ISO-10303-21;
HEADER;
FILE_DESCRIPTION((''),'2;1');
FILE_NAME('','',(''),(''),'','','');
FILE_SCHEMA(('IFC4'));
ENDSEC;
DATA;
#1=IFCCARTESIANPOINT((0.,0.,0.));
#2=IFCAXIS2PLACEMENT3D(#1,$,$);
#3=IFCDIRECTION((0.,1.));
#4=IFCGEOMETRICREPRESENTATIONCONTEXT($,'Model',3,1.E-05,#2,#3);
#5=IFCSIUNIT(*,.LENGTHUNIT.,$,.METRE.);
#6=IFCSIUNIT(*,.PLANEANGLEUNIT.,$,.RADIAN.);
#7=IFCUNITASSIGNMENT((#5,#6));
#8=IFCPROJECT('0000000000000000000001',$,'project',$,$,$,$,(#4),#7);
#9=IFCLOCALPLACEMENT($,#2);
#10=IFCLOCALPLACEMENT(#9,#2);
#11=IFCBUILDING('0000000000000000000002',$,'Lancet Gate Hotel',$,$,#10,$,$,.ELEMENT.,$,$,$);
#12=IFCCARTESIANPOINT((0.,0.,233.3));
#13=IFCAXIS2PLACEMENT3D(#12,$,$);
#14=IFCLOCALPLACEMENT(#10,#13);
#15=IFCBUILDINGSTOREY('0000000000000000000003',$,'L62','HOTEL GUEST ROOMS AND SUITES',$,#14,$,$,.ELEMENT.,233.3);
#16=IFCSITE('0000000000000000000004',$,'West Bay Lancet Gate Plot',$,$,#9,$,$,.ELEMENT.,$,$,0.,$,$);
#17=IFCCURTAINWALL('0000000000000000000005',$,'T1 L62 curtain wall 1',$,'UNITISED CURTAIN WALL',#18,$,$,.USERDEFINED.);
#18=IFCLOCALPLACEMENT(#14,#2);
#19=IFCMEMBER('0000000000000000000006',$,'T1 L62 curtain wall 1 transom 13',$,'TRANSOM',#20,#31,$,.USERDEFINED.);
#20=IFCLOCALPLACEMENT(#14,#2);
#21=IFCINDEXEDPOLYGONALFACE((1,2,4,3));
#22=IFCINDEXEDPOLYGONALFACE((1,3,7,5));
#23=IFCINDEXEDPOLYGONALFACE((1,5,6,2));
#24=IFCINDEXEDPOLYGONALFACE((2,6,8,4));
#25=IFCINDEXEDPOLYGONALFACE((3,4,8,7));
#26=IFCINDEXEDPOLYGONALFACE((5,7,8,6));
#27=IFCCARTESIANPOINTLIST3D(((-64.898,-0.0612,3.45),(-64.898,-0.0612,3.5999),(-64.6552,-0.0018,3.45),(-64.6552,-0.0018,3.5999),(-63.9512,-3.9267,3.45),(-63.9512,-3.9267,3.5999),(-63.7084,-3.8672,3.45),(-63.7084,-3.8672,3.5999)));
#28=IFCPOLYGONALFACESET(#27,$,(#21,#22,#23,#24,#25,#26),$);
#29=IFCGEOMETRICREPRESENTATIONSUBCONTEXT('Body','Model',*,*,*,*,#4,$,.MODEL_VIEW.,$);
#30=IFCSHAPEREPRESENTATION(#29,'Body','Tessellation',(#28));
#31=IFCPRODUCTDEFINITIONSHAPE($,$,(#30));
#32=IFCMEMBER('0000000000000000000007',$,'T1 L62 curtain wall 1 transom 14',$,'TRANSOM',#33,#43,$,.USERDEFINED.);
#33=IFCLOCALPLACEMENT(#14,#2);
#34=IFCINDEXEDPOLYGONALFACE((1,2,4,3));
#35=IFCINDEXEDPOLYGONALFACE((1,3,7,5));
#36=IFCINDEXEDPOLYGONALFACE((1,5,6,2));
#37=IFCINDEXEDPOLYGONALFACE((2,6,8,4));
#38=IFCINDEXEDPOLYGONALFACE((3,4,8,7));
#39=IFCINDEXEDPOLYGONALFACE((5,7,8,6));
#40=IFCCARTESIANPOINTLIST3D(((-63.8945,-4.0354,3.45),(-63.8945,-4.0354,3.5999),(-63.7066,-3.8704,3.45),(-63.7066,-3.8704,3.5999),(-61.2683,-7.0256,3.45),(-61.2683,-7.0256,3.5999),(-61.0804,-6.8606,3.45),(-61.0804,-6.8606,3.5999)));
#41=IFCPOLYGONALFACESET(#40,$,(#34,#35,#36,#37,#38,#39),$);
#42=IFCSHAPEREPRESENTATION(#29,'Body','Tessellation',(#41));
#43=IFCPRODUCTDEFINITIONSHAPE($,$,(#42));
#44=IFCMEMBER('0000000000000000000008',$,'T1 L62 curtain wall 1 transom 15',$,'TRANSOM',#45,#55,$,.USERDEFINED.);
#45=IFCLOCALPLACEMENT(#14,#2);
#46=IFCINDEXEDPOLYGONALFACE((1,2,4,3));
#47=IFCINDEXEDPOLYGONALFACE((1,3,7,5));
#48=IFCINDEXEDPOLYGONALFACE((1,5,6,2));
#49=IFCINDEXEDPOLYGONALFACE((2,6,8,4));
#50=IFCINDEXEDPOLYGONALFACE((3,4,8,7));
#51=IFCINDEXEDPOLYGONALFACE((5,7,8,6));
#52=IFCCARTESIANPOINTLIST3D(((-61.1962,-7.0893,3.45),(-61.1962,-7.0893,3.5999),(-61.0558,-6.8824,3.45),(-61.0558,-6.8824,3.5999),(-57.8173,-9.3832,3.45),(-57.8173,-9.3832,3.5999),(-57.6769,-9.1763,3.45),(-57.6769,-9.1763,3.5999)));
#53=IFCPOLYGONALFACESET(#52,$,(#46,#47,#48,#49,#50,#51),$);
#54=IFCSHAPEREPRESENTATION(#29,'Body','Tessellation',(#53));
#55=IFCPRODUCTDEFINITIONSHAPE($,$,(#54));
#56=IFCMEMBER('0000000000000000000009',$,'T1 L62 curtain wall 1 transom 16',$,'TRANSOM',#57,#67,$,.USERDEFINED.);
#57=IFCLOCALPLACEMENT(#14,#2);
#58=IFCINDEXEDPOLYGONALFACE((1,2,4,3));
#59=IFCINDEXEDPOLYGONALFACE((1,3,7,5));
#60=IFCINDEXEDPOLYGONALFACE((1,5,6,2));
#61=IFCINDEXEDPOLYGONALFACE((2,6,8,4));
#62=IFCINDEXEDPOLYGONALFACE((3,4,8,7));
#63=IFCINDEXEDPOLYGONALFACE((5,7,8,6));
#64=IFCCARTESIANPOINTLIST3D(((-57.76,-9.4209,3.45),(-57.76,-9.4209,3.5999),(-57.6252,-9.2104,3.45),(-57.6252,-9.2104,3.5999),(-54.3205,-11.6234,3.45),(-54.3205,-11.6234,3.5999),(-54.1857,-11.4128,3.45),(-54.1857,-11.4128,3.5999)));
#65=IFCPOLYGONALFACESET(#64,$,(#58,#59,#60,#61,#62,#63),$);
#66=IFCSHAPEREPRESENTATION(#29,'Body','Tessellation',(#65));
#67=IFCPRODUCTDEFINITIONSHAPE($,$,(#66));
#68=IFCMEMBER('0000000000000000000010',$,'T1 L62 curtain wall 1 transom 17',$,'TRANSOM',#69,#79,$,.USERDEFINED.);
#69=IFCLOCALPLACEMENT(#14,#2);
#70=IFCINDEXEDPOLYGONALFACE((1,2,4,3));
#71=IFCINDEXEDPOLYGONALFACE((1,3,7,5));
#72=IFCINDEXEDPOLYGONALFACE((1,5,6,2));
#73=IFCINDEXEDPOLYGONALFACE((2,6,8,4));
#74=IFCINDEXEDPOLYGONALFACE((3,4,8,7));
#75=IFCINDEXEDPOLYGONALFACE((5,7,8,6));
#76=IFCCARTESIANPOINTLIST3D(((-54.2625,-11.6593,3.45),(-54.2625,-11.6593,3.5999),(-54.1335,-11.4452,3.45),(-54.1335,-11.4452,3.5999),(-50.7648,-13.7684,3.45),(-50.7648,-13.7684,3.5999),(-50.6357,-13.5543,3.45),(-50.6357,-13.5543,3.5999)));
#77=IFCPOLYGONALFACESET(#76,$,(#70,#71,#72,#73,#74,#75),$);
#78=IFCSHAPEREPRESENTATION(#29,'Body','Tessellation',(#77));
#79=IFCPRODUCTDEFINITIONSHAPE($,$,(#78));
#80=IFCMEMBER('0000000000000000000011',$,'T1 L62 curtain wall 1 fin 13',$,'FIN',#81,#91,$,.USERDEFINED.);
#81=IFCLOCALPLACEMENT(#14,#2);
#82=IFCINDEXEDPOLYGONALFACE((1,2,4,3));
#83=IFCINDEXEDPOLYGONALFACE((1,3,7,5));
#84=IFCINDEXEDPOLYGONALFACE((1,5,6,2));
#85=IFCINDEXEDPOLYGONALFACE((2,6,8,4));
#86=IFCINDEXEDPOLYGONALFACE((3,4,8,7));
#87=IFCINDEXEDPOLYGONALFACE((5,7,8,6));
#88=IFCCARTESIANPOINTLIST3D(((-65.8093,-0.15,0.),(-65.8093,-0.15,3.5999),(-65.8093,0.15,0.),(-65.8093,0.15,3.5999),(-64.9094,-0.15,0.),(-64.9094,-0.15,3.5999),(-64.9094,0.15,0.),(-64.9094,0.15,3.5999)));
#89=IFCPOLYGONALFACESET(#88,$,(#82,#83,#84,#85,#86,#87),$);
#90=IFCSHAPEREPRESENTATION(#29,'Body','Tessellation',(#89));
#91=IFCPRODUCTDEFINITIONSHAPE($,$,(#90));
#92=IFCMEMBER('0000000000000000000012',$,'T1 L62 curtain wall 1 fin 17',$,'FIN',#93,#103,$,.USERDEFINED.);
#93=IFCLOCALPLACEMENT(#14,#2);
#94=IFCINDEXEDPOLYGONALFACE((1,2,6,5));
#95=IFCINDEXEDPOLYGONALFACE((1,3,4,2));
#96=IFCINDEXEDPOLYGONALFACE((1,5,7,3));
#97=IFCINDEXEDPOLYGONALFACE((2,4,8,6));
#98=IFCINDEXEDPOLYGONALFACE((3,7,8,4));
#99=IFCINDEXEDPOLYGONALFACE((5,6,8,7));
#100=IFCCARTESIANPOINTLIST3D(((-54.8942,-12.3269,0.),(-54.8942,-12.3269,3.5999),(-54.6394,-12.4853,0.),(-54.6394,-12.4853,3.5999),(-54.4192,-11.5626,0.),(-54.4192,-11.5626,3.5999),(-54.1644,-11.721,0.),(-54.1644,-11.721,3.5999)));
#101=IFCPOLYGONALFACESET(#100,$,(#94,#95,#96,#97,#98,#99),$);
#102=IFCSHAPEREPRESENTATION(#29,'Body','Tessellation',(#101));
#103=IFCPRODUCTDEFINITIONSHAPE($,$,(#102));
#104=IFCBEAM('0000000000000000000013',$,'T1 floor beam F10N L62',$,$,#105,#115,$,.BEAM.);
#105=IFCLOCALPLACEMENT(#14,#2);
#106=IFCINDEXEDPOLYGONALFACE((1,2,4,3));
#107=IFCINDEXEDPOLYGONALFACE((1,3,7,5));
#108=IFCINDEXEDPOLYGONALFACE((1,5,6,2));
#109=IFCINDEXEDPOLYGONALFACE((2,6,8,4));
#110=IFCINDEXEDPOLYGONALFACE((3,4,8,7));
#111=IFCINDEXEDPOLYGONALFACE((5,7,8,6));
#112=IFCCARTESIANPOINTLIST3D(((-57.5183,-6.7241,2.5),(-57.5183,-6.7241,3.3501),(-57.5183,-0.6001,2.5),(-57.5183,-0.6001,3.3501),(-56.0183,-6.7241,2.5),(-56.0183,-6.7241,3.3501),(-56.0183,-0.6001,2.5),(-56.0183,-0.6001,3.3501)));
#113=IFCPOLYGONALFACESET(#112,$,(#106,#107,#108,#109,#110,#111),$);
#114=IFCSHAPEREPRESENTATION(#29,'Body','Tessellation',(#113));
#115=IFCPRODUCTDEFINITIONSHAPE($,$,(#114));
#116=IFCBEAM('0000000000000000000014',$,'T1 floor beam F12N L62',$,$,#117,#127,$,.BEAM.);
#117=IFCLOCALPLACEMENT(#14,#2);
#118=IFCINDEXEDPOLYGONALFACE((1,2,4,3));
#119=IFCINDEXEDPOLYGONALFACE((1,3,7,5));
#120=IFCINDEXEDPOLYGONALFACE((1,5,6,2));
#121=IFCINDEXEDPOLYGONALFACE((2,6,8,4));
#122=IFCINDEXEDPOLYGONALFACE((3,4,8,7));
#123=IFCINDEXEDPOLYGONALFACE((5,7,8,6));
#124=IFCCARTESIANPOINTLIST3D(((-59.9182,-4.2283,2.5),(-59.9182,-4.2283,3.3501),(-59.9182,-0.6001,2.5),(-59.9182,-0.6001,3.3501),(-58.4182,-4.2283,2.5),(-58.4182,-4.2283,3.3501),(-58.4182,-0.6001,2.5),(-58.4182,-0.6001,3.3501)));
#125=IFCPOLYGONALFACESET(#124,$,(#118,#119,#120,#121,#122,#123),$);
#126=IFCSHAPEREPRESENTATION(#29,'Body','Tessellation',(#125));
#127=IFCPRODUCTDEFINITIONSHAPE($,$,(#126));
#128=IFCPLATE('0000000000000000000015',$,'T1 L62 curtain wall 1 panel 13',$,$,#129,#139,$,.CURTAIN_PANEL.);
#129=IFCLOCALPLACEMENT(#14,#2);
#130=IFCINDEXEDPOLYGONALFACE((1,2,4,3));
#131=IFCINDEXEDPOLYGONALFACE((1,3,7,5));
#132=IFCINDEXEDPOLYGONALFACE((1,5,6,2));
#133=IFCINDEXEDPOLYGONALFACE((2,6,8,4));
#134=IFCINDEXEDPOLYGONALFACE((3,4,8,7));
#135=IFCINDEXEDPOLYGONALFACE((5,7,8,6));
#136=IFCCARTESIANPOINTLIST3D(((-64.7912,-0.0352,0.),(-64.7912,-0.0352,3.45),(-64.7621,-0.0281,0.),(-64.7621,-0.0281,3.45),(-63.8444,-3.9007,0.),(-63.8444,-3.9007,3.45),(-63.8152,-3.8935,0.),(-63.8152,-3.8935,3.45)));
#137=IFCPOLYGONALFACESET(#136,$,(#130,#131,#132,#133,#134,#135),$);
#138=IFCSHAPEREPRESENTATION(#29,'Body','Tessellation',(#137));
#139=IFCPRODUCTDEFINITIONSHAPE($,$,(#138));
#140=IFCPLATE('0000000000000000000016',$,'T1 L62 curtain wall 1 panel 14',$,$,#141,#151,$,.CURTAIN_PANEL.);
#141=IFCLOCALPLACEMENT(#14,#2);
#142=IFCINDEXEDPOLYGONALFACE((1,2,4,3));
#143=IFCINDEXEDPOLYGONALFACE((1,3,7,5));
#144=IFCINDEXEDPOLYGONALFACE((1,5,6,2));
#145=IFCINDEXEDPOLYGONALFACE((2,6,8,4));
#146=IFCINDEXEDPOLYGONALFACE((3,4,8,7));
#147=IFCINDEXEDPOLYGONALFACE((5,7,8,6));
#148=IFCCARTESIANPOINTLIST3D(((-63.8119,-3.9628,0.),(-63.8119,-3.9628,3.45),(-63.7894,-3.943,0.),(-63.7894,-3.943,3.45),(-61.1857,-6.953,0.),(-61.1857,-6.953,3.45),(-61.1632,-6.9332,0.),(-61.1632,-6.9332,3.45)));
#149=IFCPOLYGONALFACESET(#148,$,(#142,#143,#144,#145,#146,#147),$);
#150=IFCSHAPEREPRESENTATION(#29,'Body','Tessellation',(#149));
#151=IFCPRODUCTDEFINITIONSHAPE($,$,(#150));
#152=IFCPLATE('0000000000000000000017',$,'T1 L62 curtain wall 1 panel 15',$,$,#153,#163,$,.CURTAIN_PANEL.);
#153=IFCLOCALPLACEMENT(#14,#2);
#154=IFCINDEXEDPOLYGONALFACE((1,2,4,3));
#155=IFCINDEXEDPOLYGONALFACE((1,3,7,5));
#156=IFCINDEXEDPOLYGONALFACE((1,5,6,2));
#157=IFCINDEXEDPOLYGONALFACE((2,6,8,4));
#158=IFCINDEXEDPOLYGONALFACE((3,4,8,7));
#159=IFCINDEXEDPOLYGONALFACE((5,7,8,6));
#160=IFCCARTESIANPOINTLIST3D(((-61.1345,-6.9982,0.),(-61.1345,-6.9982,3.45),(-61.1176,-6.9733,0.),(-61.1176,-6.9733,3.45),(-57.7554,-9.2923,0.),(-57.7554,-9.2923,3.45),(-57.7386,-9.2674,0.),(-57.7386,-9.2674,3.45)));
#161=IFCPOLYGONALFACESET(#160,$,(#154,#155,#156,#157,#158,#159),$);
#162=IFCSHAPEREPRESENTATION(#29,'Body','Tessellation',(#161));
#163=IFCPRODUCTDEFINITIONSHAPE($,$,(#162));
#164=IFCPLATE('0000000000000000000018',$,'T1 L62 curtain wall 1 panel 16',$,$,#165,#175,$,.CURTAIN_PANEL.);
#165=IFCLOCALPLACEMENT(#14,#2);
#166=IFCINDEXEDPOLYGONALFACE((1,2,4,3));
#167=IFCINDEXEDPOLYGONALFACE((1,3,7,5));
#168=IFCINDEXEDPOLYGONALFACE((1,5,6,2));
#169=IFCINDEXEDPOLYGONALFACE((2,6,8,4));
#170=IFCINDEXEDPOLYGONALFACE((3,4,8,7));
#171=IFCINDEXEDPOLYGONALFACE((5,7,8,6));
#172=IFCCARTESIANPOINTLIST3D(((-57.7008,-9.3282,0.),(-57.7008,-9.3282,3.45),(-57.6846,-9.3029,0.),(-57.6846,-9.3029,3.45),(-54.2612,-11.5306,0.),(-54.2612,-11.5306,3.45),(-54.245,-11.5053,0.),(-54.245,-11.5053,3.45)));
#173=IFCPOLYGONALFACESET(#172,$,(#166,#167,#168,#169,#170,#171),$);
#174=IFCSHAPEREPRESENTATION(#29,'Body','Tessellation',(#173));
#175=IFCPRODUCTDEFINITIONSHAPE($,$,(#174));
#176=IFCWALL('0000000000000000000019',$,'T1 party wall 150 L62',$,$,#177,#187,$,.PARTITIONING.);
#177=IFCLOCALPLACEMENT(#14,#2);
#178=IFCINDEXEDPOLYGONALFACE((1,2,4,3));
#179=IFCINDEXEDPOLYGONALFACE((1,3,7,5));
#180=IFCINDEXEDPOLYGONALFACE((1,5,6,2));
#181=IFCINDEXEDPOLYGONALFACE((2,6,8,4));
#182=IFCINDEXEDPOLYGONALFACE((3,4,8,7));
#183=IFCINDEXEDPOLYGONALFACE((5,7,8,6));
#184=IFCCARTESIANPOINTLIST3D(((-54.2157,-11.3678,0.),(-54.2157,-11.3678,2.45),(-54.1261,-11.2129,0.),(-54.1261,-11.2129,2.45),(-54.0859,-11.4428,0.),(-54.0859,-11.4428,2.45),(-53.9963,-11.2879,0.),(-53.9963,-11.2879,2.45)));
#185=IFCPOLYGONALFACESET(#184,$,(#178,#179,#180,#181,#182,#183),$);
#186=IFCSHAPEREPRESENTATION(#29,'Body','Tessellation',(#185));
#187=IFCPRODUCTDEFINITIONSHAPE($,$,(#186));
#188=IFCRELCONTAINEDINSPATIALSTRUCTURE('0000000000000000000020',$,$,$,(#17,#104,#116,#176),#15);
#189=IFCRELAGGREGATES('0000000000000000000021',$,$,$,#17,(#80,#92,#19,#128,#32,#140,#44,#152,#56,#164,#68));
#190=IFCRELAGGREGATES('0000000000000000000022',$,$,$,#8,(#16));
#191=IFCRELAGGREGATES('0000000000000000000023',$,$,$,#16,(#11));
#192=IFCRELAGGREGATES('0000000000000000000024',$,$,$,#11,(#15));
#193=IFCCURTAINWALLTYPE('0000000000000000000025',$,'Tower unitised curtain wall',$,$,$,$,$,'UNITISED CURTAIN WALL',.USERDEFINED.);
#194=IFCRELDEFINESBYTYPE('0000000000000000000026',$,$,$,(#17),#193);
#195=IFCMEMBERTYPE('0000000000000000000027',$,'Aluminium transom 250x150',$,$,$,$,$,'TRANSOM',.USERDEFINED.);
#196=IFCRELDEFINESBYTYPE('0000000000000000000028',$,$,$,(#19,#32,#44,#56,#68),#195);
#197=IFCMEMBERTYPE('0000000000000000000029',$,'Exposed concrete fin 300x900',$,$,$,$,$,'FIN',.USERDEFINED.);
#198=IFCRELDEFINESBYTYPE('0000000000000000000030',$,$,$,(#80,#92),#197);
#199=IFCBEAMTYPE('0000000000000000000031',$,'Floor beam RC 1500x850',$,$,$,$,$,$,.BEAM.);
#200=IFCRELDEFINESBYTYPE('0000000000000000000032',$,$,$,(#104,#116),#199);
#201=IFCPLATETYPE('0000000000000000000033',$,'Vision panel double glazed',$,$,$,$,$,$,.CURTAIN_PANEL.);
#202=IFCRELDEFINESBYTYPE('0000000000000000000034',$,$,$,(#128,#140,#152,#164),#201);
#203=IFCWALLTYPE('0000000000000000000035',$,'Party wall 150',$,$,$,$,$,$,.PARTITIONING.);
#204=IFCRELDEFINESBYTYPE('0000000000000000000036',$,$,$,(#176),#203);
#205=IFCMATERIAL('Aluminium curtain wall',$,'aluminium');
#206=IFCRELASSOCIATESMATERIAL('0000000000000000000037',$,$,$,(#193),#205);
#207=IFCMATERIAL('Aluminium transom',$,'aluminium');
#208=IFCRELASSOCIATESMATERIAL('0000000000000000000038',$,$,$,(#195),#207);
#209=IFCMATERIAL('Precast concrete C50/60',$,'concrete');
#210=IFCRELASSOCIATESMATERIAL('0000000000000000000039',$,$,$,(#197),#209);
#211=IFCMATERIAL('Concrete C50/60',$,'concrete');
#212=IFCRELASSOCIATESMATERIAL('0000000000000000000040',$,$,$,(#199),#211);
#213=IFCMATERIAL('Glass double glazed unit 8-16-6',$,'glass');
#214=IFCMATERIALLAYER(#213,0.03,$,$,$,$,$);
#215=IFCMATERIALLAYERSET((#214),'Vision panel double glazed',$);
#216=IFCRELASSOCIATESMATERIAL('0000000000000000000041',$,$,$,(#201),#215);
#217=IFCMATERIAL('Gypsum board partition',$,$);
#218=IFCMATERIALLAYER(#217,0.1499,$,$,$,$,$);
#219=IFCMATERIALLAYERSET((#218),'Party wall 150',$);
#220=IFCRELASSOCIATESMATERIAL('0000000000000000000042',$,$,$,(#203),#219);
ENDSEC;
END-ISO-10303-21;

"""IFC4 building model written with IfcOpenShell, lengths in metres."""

from ifc_helpers import new_model, si_unit, direction, frame, frame_2d, origin, origin_2d, place, context, subcontext, project, spatial, rectangle, extrude, material, layer, layer_set, material_profile, profile_set, type_object, element, aggregate, save


model = new_model("IFC4")

# Units and contexts
model_context = context("Model", 3, precision=1e-05, world=origin(), true_north=direction((0.0, 1.0)))
body_context = subcontext(model_context, "Body", "Model", "MODEL_VIEW")
ifc_project = project(units=[si_unit("LENGTHUNIT", "METRE"), si_unit("PLANEANGLEUNIT", "RADIAN")], contexts=[model_context])

# Site, building, storey
site_placement = place(None, origin())
site = spatial("IfcSite", under=ifc_project, at=site_placement, Name="West Bay Lancet Gate Plot", CompositionType="ELEMENT", RefElevation=0.0)
building_placement = place(site_placement, origin())
building = spatial("IfcBuilding", under=site, at=building_placement, Name="Lancet Gate Hotel", CompositionType="ELEMENT")
storey_placement = place(building_placement, frame((0.0, 0.0, 233.3)))
storey = spatial("IfcBuildingStorey", under=building, at=storey_placement, Name="L62", Description="HOTEL GUEST ROOMS AND SUITES", CompositionType="ELEMENT", Elevation=233.3)

# Curtain wall, members
ifc_material_1 = material(Name="Aluminium curtain wall", Category="aluminium")
curtain_wall_type = type_object("IfcCurtainWallType", Name="Tower unitised curtain wall", ElementType="UNITISED CURTAIN WALL", PredefinedType="USERDEFINED", material=ifc_material_1)
curtain_wall_placement = place(storey_placement, origin())
curtain_wall = element("IfcCurtainWall", 1, at=curtain_wall_placement, inside=storey, type_object=curtain_wall_type, Name="T1 L62 curtain wall 1", ObjectType="UNITISED CURTAIN WALL", PredefinedType="USERDEFINED")
ifc_material_2 = material(Name="Aluminium transom", Category="aluminium")
ifc_material_profile_1 = material_profile(ifc_material_2, rectangle(XDim=0.25, YDim=0.1499, at=origin_2d()), Name="TRANSOM 250x150")
ifc_profile_set_1 = profile_set([ifc_material_profile_1], Name="Aluminium transom")
member_type_1 = type_object("IfcMemberType", Name="Aluminium transom 250x150", ElementType="TRANSOM", PredefinedType="USERDEFINED", material=ifc_profile_set_1)
member_1_placement = place(storey_placement, frame((-64.7766, -0.0315, 3.5249), z_axis=(0.237899, -0.97129, 0.0), x_axis=(0.97129, 0.237899, 0.0)))
member_1 = element("IfcMember", 2, at=member_1_placement, type_object=member_type_1, Name="T1 L62 curtain wall 1 transom 13", ObjectType="TRANSOM", PredefinedType="USERDEFINED", context=body_context, shape_type="SweptSolid", body=[
    extrude(rectangle(XDim=0.25, YDim=0.1499, at=origin_2d()), origin(), (0.0, 0.0, 1.0), 3.9797),
])
member_2_placement = place(storey_placement, frame((-63.8005, -3.9529, 3.5249), z_axis=(0.659893, -0.751359, 0.0), x_axis=(0.751359, 0.659893, 0.0)))
member_2 = element("IfcMember", 3, at=member_2_placement, type_object=member_type_1, Name="T1 L62 curtain wall 1 transom 14", ObjectType="TRANSOM", PredefinedType="USERDEFINED", context=body_context, shape_type="SweptSolid", body=[
    extrude(rectangle(XDim=0.25, YDim=0.1499, at=origin_2d()), origin(), (0.0, 0.0, 1.0), 3.9797),
])
member_3_placement = place(storey_placement, frame((-61.126, -6.9858, 3.5249), z_axis=(0.827349, -0.561689, 0.0), x_axis=(0.561689, 0.827349, 0.0)))
member_3 = element("IfcMember", 4, at=member_3_placement, type_object=member_type_1, Name="T1 L62 curtain wall 1 transom 15", ObjectType="TRANSOM", PredefinedType="USERDEFINED", context=body_context, shape_type="SweptSolid", body=[
    extrude(rectangle(XDim=0.25, YDim=0.1499, at=origin_2d()), origin(), (0.0, 0.0, 1.0), 4.084),
])
member_4_placement = place(storey_placement, frame((-57.6926, -9.3157, 3.5249), z_axis=(0.842144, -0.539252, 0.0), x_axis=(0.539252, 0.842144, 0.0)))
member_4 = element("IfcMember", 5, at=member_4_placement, type_object=member_type_1, Name="T1 L62 curtain wall 1 transom 16", ObjectType="TRANSOM", PredefinedType="USERDEFINED", context=body_context, shape_type="SweptSolid", body=[
    extrude(rectangle(XDim=0.25, YDim=0.1499, at=origin_2d()), origin(), (0.0, 0.0, 1.0), 4.0842),
])
member_5_placement = place(storey_placement, frame((-54.198, -11.5522, 3.5249), z_axis=(0.856362, -0.516376, 0.0), x_axis=(0.516376, 0.856362, 0.0)))
member_5 = element("IfcMember", 6, at=member_5_placement, type_object=member_type_1, Name="T1 L62 curtain wall 1 transom 17", ObjectType="TRANSOM", PredefinedType="USERDEFINED", context=body_context, shape_type="SweptSolid", body=[
    extrude(rectangle(XDim=0.25, YDim=0.1499, at=origin_2d()), origin(), (0.0, 0.0, 1.0), 4.0845),
])
ifc_material_3 = material(Name="Precast concrete C50/60", Category="concrete")
ifc_material_profile_2 = material_profile(ifc_material_3, rectangle(XDim=0.3, YDim=0.8999, at=origin_2d()), Name="FIN 300x900")
ifc_profile_set_2 = profile_set([ifc_material_profile_2], Name="Precast concrete C50/60")
member_type_2 = type_object("IfcMemberType", Name="Exposed concrete fin 300x900", ElementType="FIN", PredefinedType="USERDEFINED", material=ifc_profile_set_2)
member_6_placement = place(storey_placement, frame((-65.3594, 0.0, 0.0), z_axis=(0.0, 0.0, 1.0), x_axis=(0.0, -1.0, 0.0)))
member_6 = element("IfcMember", 7, at=member_6_placement, type_object=member_type_2, Name="T1 L62 curtain wall 1 fin 13", ObjectType="FIN", PredefinedType="USERDEFINED", context=body_context, shape_type="SweptSolid", body=[
    extrude(rectangle(XDim=0.3, YDim=0.8999, at=origin_2d()), origin(), (0.0, 0.0, 1.0), 3.5999),
])
member_7_placement = place(storey_placement, frame((-54.5293, -12.0239, 0.0), z_axis=(0.0, 0.0, 1.0), x_axis=(0.849342, -0.527842, 0.0)))
member_7 = element("IfcMember", 8, at=member_7_placement, type_object=member_type_2, Name="T1 L62 curtain wall 1 fin 17", ObjectType="FIN", PredefinedType="USERDEFINED", context=body_context, shape_type="SweptSolid", body=[
    extrude(rectangle(XDim=0.3, YDim=0.8999, at=origin_2d()), origin(), (0.0, 0.0, 1.0), 3.5999),
])

# Beams
ifc_material_4 = material(Name="Concrete C50/60", Category="concrete")
ifc_material_profile_3 = material_profile(ifc_material_4, rectangle(XDim=1.5, YDim=0.8501, at=origin_2d()), Name="RC 1500x850")
ifc_profile_set_3 = profile_set([ifc_material_profile_3], Name="Concrete C50/60")
beam_type = type_object("IfcBeamType", Name="Floor beam RC 1500x850", PredefinedType="BEAM", material=ifc_profile_set_3)
beam_1_placement = place(storey_placement, frame((-56.7683, -0.6001, 2.925), z_axis=(0.0, -1.0, 0.0), x_axis=(1.0, 0.0, 0.0)))
element("IfcBeam", 9, at=beam_1_placement, inside=storey, type_object=beam_type, Name="T1 floor beam F10N L62", PredefinedType="BEAM", context=body_context, shape_type="SweptSolid", body=[
    extrude(rectangle(XDim=1.5, YDim=0.8501, at=origin_2d()), origin(), (0.0, 0.0, 1.0), 6.124),
])
beam_2_placement = place(storey_placement, frame((-59.1682, -0.6001, 2.925), z_axis=(0.0, -1.0, 0.0), x_axis=(1.0, 0.0, 0.0)))
element("IfcBeam", 10, at=beam_2_placement, inside=storey, type_object=beam_type, Name="T1 floor beam F12N L62", PredefinedType="BEAM", context=body_context, shape_type="SweptSolid", body=[
    extrude(rectangle(XDim=1.5, YDim=0.8501, at=origin_2d()), origin(), (0.0, 0.0, 1.0), 3.6282),
])

# Plates
ifc_material_5 = material(Name="Glass double glazed unit 8-16-6", Category="glass")
ifc_layer_1 = layer(ifc_material_5, 0.03)
ifc_layer_set_1 = layer_set([ifc_layer_1], Name="Vision panel double glazed")
plate_type = type_object("IfcPlateType", Name="Vision panel double glazed", PredefinedType="CURTAIN_PANEL", material=ifc_layer_set_1)
plate_1_placement = place(storey_placement, frame((-64.3032, -1.9644, 0.0), z_axis=(0.0, 0.0, 1.0), x_axis=(0.237921, -0.971285, 0.0)))
plate_1 = element("IfcPlate", 11, at=plate_1_placement, type_object=plate_type, Name="T1 L62 curtain wall 1 panel 13", PredefinedType="CURTAIN_PANEL", context=body_context, shape_type="SweptSolid", body=[
    extrude(rectangle(XDim=3.9797, YDim=0.03, at=origin_2d()), origin(), (0.0, 0.0, 1.0), 3.45),
])
plate_2_placement = place(storey_placement, frame((-62.4875, -5.448, 0.0), z_axis=(0.0, 0.0, 1.0), x_axis=(0.659892, -0.751361, 0.0)))
plate_2 = element("IfcPlate", 12, at=plate_2_placement, type_object=plate_type, Name="T1 L62 curtain wall 1 panel 14", PredefinedType="CURTAIN_PANEL", context=body_context, shape_type="SweptSolid", body=[
    extrude(rectangle(XDim=3.9797, YDim=0.03, at=origin_2d()), origin(), (0.0, 0.0, 1.0), 3.45),
])
plate_3_placement = place(storey_placement, frame((-59.4365, -8.1328, 0.0), z_axis=(0.0, 0.0, 1.0), x_axis=(0.827342, -0.561698, 0.0)))
plate_3 = element("IfcPlate", 13, at=plate_3_placement, type_object=plate_type, Name="T1 L62 curtain wall 1 panel 15", PredefinedType="CURTAIN_PANEL", context=body_context, shape_type="SweptSolid", body=[
    extrude(rectangle(XDim=4.0842, YDim=0.03, at=origin_2d()), origin(), (0.0, 0.0, 1.0), 3.45),
])
plate_4_placement = place(storey_placement, frame((-55.9729, -10.4167, 0.0), z_axis=(0.0, 0.0, 1.0), x_axis=(0.842161, -0.539226, 0.0)))
plate_4 = element("IfcPlate", 14, at=plate_4_placement, type_object=plate_type, Name="T1 L62 curtain wall 1 panel 16", PredefinedType="CURTAIN_PANEL", context=body_context, shape_type="SweptSolid", body=[
    extrude(rectangle(XDim=4.0842, YDim=0.03, at=origin_2d()), origin(), (0.0, 0.0, 1.0), 3.45),
])
aggregate(curtain_wall, [member_6, member_7, member_1, plate_1, member_2, plate_2, member_3, plate_3, member_4, plate_4, member_5])

# Wall
ifc_material_6 = material(Name="Gypsum board partition")
ifc_layer_2 = layer(ifc_material_6, 0.1499)
ifc_layer_set_2 = layer_set([ifc_layer_2], Name="Party wall 150")
wall_type = type_object("IfcWallType", Name="Party wall 150", PredefinedType="PARTITIONING", material=ifc_layer_set_2)
wall_placement = place(storey_placement, frame((-54.0613, -11.2505, 0.0), z_axis=(0.0, 0.0, 1.0), x_axis=(-0.500391, -0.865799, 0.0)))
element("IfcWall", 15, at=wall_placement, inside=storey, type_object=wall_type, Name="T1 party wall 150 L62", PredefinedType="PARTITIONING", context=body_context, shape_type="SweptSolid", body=[
    extrude(rectangle(XDim=0.179, YDim=0.1499, at=frame_2d((0.0894, 0.0))), origin(), (0.0, 0.0, 1.0), 2.45),
])

save(model, "model.ifc")
